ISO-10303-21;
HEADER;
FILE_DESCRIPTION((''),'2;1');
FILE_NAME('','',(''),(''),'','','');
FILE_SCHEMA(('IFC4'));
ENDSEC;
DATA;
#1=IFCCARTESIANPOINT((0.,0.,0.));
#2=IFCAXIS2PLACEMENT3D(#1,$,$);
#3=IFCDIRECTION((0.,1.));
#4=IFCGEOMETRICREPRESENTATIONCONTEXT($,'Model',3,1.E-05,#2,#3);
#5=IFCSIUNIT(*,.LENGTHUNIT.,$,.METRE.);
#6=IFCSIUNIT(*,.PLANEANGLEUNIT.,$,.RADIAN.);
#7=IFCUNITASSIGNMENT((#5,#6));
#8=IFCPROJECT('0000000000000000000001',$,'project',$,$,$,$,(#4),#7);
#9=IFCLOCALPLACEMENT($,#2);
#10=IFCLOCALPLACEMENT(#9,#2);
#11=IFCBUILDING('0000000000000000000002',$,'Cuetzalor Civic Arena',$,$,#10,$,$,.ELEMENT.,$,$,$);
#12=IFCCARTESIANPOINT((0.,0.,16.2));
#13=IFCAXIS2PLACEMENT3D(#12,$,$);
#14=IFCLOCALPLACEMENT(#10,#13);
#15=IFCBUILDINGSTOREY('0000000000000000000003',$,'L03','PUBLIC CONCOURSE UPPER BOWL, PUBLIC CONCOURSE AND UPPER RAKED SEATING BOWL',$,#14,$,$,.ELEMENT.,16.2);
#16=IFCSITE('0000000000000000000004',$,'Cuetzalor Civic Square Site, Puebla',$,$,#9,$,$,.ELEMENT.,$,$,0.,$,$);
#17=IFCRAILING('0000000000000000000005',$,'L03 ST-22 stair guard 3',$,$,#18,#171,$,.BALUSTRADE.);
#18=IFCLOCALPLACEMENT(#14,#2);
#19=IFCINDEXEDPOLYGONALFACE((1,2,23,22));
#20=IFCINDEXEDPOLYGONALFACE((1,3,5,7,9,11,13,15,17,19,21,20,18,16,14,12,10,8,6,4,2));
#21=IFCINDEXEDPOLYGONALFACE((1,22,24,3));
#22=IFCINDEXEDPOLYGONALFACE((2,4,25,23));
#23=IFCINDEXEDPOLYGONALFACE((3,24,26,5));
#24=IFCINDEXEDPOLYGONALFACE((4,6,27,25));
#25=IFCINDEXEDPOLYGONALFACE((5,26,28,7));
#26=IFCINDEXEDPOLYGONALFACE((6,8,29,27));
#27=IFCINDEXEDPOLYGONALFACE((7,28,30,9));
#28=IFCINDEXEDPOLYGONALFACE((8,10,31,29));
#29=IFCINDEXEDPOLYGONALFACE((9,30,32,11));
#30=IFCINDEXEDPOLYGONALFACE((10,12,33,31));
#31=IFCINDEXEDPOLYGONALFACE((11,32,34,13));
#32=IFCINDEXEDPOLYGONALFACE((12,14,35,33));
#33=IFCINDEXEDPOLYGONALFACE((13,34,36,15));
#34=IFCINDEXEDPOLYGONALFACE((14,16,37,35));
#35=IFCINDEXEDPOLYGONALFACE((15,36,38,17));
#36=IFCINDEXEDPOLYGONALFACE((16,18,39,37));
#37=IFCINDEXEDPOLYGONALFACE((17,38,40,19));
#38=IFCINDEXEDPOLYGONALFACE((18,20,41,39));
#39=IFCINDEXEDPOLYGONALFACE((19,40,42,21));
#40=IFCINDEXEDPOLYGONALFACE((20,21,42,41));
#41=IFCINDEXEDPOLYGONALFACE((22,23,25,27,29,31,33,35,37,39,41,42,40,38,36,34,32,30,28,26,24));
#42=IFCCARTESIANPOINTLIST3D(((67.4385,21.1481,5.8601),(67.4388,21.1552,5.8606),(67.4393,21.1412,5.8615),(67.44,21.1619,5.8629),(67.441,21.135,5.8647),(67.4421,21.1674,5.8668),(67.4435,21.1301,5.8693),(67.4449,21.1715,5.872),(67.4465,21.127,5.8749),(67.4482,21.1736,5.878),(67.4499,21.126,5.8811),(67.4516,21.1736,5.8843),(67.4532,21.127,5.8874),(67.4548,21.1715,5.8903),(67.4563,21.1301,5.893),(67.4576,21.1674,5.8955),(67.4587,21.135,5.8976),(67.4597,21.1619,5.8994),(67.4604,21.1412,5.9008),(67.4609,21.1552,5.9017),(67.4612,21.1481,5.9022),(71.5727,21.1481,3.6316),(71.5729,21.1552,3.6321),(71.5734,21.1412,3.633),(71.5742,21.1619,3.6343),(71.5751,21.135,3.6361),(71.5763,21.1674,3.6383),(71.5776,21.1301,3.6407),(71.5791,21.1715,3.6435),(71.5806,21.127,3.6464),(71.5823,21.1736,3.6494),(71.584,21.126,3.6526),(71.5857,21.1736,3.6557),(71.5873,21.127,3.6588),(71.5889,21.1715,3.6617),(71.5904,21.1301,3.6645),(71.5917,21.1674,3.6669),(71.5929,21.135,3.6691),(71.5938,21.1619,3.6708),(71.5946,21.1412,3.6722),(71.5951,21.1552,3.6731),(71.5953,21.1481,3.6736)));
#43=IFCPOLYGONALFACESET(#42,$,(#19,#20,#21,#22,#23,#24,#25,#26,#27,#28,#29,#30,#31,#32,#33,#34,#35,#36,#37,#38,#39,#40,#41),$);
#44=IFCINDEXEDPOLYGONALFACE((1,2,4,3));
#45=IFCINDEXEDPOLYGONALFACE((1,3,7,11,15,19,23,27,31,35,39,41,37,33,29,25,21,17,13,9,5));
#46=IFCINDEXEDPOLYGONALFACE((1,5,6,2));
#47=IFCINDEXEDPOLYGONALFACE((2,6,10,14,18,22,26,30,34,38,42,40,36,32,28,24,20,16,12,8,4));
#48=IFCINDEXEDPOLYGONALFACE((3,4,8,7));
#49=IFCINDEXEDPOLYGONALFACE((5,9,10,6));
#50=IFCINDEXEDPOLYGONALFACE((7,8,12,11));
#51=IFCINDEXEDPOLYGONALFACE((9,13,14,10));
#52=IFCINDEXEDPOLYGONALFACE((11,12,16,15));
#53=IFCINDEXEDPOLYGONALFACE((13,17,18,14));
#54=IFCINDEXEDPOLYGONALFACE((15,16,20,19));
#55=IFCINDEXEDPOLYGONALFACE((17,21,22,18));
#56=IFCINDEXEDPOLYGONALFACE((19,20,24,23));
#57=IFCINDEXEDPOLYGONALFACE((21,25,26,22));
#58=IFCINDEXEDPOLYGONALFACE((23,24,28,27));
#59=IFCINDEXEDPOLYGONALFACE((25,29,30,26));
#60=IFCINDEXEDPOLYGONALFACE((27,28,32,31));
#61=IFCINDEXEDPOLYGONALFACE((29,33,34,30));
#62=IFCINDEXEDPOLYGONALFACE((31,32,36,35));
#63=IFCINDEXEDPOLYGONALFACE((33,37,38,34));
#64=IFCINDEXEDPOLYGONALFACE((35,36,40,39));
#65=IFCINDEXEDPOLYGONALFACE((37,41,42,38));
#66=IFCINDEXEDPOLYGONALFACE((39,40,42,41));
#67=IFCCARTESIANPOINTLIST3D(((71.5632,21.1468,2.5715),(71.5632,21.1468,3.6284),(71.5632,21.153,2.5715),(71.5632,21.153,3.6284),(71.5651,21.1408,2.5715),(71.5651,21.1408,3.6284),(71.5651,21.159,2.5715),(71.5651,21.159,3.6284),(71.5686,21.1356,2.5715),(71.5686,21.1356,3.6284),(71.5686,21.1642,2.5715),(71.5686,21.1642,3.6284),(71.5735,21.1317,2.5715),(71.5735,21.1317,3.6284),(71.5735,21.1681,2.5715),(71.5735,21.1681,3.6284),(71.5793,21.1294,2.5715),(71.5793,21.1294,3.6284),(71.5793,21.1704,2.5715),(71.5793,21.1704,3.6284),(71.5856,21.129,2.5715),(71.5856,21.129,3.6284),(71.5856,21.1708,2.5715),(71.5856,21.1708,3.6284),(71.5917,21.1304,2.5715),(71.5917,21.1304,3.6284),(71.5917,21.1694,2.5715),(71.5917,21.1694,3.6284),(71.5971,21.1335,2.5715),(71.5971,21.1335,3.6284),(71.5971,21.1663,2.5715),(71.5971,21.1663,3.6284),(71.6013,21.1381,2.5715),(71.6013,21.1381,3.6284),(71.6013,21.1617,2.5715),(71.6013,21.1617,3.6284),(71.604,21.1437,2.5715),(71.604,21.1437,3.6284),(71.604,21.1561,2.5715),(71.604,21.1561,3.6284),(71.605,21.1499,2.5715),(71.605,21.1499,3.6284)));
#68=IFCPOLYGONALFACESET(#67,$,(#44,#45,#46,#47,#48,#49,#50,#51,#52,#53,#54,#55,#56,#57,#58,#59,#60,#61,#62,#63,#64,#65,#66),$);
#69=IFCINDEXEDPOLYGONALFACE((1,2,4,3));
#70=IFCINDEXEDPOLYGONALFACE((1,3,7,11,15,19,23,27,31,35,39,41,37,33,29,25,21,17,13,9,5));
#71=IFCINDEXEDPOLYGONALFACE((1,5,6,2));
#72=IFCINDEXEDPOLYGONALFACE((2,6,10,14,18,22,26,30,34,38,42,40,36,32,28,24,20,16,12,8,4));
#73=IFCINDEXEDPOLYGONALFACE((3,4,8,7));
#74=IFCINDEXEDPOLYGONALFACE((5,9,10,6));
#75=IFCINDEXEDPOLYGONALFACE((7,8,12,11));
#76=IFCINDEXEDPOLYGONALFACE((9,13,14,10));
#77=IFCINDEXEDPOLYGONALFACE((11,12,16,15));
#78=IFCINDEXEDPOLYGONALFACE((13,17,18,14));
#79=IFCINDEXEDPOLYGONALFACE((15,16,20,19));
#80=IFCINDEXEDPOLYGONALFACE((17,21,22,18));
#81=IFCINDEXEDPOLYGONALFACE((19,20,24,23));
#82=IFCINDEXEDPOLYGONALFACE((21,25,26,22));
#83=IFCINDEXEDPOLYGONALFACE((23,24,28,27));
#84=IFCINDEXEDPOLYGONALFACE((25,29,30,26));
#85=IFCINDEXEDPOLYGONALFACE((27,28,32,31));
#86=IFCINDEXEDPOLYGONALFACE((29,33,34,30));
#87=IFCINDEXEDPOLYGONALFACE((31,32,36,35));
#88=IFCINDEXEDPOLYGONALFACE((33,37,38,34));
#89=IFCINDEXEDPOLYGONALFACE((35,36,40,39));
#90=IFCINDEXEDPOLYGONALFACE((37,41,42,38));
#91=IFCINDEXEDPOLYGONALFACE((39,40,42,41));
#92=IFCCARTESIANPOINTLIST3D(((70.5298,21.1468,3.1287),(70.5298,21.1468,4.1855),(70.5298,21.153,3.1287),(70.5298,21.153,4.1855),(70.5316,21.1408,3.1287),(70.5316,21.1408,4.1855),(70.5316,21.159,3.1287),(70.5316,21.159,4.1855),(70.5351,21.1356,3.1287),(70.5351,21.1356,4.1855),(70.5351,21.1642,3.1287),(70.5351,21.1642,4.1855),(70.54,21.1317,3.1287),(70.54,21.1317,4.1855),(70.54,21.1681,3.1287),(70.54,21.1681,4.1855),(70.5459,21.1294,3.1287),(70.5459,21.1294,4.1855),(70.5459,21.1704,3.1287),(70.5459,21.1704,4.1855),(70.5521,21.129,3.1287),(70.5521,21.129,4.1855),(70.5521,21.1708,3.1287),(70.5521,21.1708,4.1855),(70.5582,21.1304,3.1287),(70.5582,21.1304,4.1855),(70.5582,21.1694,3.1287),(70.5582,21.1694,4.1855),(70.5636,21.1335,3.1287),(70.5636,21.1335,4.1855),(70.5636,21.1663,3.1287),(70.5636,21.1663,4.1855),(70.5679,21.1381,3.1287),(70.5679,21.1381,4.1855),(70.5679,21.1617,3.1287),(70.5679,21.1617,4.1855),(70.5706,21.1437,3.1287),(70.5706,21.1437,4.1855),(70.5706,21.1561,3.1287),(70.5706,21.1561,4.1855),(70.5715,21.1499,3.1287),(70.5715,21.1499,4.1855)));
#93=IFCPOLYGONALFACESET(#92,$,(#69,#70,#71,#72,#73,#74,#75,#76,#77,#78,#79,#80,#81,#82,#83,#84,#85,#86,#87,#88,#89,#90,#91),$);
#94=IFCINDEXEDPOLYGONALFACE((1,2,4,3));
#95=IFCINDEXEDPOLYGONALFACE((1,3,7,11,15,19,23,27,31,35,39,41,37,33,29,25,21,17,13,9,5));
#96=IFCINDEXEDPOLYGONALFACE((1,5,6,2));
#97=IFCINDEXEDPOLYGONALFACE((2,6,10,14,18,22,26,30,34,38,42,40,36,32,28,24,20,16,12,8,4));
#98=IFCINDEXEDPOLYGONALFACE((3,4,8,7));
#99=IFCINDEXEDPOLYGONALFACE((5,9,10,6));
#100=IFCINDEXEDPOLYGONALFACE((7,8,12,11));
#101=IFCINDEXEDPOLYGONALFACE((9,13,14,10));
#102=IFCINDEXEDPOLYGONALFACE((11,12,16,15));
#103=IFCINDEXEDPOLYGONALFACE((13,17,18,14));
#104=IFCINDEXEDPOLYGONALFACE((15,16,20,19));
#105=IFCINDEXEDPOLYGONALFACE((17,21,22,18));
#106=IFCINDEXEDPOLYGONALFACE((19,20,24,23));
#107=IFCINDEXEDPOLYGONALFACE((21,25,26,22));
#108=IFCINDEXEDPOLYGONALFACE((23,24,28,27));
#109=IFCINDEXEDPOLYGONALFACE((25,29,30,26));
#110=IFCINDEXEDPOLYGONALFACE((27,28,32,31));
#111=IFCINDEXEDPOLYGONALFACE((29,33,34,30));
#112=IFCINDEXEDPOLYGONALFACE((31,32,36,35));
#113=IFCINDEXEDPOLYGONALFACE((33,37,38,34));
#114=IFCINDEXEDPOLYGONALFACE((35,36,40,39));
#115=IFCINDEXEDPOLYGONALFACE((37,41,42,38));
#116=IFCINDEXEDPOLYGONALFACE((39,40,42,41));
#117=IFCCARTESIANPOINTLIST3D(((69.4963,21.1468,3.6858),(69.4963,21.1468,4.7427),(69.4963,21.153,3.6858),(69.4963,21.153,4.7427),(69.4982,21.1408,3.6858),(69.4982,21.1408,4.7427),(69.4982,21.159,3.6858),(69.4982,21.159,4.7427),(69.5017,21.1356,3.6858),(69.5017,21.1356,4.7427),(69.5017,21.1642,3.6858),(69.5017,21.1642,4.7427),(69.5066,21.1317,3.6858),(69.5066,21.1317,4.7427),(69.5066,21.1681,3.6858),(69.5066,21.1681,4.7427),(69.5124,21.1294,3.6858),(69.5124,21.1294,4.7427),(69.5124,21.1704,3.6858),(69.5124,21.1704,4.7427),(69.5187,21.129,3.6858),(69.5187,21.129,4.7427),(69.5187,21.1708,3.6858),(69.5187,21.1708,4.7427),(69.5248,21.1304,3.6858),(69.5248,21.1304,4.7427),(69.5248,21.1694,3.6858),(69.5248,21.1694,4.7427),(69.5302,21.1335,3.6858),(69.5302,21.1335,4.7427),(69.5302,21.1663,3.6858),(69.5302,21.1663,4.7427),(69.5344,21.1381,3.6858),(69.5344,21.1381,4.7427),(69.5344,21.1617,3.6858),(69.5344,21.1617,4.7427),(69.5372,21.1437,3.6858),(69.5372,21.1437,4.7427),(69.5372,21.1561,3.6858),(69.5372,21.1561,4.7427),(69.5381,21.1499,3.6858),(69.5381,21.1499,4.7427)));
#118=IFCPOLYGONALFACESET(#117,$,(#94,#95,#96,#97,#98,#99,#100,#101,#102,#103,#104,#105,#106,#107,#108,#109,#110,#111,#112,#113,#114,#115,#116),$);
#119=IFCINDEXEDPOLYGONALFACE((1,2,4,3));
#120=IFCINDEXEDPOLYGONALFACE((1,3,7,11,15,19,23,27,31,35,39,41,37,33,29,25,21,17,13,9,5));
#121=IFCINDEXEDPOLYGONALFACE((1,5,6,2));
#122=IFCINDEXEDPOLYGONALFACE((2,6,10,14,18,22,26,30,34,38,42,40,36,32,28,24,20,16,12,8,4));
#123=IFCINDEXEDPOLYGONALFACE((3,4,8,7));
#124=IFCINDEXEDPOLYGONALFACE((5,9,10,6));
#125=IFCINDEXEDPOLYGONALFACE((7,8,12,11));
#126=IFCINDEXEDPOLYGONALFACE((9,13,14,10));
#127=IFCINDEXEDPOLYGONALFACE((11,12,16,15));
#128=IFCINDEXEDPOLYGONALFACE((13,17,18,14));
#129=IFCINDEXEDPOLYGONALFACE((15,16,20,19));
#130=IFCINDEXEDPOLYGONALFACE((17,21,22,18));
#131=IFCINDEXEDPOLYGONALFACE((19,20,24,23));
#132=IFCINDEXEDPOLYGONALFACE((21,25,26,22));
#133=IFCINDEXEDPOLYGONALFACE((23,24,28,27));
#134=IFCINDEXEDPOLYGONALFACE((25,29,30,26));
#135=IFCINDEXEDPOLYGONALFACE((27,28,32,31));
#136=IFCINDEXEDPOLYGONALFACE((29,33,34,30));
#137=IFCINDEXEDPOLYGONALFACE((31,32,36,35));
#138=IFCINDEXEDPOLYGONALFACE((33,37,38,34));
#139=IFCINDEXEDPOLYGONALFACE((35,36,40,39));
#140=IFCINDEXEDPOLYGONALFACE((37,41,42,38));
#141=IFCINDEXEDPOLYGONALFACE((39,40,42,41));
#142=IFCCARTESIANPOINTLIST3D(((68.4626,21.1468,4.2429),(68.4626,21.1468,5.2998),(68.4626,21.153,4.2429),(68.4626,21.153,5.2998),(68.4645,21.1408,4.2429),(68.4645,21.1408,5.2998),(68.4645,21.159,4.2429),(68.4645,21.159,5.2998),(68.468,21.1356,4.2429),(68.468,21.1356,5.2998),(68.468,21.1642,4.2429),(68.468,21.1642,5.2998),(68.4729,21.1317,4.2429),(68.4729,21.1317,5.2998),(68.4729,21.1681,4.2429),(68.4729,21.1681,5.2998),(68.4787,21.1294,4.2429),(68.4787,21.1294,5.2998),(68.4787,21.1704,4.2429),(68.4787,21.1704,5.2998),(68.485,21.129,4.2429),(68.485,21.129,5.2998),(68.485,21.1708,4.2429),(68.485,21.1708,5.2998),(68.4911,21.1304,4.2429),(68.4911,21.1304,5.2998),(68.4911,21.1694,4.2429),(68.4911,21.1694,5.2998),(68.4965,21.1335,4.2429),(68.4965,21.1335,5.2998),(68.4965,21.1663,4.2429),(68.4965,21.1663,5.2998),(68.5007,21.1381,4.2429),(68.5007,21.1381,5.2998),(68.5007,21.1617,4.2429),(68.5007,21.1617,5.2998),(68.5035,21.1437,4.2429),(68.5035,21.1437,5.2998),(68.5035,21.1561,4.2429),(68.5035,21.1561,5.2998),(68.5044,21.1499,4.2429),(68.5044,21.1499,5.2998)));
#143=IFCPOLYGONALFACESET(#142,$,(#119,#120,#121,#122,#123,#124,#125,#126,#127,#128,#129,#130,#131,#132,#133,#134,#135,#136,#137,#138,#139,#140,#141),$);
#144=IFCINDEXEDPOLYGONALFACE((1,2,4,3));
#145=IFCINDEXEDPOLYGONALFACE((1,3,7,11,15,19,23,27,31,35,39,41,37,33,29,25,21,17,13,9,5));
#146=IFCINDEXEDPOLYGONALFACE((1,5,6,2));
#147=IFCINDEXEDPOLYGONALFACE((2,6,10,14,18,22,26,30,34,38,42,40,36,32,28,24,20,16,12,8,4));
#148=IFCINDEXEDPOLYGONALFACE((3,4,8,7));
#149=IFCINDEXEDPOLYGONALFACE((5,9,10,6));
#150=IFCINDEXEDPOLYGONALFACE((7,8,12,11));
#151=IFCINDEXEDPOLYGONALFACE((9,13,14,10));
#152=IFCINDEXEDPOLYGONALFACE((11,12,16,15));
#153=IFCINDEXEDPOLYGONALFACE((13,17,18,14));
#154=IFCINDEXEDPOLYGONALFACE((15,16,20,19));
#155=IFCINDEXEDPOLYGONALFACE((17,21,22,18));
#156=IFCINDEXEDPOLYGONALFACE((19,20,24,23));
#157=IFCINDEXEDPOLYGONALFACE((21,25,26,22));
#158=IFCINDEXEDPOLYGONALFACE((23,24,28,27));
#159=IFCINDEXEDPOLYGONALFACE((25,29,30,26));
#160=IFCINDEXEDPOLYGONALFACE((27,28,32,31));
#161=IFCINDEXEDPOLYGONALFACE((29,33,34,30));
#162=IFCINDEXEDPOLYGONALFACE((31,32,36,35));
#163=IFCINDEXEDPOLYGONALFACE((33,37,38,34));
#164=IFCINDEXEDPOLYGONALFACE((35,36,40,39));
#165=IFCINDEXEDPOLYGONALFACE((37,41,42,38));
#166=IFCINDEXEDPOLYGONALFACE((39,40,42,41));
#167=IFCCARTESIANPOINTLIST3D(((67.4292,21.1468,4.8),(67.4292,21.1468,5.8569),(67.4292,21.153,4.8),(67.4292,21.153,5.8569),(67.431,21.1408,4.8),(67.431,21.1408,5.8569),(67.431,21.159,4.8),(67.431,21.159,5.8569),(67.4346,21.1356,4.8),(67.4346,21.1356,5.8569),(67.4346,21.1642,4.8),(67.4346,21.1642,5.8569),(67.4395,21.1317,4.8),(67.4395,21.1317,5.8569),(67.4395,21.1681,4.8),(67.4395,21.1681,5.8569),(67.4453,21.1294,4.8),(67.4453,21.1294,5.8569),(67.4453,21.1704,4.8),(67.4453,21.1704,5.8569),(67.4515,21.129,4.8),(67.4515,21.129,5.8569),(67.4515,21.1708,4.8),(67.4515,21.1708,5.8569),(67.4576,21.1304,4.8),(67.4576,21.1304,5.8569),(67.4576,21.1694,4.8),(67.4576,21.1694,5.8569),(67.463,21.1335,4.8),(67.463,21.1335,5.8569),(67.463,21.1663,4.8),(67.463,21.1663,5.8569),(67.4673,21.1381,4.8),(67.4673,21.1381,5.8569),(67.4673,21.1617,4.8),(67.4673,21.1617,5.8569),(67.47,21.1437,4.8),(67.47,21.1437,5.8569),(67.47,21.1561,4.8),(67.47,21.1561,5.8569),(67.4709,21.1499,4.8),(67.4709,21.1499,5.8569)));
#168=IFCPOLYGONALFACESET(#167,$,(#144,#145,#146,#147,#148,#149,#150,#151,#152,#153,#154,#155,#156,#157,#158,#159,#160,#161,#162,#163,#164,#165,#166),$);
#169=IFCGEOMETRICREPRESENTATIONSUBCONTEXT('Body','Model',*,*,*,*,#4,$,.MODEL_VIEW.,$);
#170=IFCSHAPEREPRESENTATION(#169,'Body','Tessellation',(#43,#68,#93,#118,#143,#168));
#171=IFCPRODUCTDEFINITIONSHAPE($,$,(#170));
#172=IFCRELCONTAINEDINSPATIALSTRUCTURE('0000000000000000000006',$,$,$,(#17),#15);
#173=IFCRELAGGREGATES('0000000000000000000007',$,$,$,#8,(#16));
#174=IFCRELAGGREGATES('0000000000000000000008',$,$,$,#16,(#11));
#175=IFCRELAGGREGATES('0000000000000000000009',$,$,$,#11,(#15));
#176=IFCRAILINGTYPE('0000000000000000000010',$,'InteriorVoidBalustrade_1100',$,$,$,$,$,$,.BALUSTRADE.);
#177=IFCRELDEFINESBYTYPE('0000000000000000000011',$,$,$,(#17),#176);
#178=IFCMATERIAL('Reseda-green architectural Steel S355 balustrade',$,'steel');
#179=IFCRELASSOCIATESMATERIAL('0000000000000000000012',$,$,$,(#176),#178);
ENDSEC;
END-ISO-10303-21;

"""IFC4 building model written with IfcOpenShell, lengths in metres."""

from ifc_helpers import new_model, si_unit, direction, frame, origin, origin_2d, place, context, subcontext, project, spatial, circle, extrude, material, type_object, element, save


model = new_model("IFC4")

# Units and contexts
model_context = context("Model", 3, precision=1e-05, world=origin(), true_north=direction((0.0, 1.0)))
body_context = subcontext(model_context, "Body", "Model", "MODEL_VIEW")
ifc_project = project(units=[si_unit("LENGTHUNIT", "METRE"), si_unit("PLANEANGLEUNIT", "RADIAN")], contexts=[model_context])

# Site, building, storey
site_placement = place(None, origin())
site = spatial("IfcSite", under=ifc_project, at=site_placement, Name="Cuetzalor Civic Square Site, Puebla", CompositionType="ELEMENT", RefElevation=0.0)
building_placement = place(site_placement, origin())
building = spatial("IfcBuilding", under=site, at=building_placement, Name="Cuetzalor Civic Arena", CompositionType="ELEMENT")
storey_placement = place(building_placement, frame((0.0, 0.0, 16.2)))
storey = spatial("IfcBuildingStorey", under=building, at=storey_placement, Name="L03", Description="PUBLIC CONCOURSE UPPER BOWL, PUBLIC CONCOURSE AND UPPER RAKED SEATING BOWL", CompositionType="ELEMENT", Elevation=16.2)

# Railing
ifc_material_1 = material(Name="Reseda-green architectural Steel S355 balustrade", Category="steel")
railing_type_1 = type_object("IfcRailingType", Name="InteriorVoidBalustrade_1100", PredefinedType="BALUSTRADE", material=ifc_material_1)
railing_1_placement = place(storey_placement, frame((71.584, 21.1499, 2.5715)))
element("IfcRailing", 1, at=railing_1_placement, inside=storey, type_object=railing_type_1, Name="L03 ST-22 stair guard 3", PredefinedType="BALUSTRADE", context=body_context, shape_type="SweptSolid", body=[
    extrude(circle(Radius=0.0239, at=origin_2d()), frame((0.0, 0.0, 1.0811), z_axis=(-0.880249, 0.0, 0.474512), x_axis=(0.0, -1.0, 0.0)), (0.0, 0.0, 1.0), 4.6965),
    extrude(circle(Radius=0.021, at=origin_2d()), origin(), (0.0, 0.0, 1.0), 1.0569),
    extrude(circle(Radius=0.021, at=origin_2d()), frame((-1.0334, 0.0, 0.5571)), (0.0, 0.0, 1.0), 1.0569),
    extrude(circle(Radius=0.021, at=origin_2d()), frame((-2.0669, 0.0, 1.1143)), (0.0, 0.0, 1.0), 1.0569),
    extrude(circle(Radius=0.021, at=origin_2d()), frame((-3.1006, 0.0, 1.6714)), (0.0, 0.0, 1.0), 1.0569),
    extrude(circle(Radius=0.021, at=origin_2d()), frame((-4.134, 0.0, 2.2285)), (0.0, 0.0, 1.0), 1.0569),
])

save(model, "model.ifc")
